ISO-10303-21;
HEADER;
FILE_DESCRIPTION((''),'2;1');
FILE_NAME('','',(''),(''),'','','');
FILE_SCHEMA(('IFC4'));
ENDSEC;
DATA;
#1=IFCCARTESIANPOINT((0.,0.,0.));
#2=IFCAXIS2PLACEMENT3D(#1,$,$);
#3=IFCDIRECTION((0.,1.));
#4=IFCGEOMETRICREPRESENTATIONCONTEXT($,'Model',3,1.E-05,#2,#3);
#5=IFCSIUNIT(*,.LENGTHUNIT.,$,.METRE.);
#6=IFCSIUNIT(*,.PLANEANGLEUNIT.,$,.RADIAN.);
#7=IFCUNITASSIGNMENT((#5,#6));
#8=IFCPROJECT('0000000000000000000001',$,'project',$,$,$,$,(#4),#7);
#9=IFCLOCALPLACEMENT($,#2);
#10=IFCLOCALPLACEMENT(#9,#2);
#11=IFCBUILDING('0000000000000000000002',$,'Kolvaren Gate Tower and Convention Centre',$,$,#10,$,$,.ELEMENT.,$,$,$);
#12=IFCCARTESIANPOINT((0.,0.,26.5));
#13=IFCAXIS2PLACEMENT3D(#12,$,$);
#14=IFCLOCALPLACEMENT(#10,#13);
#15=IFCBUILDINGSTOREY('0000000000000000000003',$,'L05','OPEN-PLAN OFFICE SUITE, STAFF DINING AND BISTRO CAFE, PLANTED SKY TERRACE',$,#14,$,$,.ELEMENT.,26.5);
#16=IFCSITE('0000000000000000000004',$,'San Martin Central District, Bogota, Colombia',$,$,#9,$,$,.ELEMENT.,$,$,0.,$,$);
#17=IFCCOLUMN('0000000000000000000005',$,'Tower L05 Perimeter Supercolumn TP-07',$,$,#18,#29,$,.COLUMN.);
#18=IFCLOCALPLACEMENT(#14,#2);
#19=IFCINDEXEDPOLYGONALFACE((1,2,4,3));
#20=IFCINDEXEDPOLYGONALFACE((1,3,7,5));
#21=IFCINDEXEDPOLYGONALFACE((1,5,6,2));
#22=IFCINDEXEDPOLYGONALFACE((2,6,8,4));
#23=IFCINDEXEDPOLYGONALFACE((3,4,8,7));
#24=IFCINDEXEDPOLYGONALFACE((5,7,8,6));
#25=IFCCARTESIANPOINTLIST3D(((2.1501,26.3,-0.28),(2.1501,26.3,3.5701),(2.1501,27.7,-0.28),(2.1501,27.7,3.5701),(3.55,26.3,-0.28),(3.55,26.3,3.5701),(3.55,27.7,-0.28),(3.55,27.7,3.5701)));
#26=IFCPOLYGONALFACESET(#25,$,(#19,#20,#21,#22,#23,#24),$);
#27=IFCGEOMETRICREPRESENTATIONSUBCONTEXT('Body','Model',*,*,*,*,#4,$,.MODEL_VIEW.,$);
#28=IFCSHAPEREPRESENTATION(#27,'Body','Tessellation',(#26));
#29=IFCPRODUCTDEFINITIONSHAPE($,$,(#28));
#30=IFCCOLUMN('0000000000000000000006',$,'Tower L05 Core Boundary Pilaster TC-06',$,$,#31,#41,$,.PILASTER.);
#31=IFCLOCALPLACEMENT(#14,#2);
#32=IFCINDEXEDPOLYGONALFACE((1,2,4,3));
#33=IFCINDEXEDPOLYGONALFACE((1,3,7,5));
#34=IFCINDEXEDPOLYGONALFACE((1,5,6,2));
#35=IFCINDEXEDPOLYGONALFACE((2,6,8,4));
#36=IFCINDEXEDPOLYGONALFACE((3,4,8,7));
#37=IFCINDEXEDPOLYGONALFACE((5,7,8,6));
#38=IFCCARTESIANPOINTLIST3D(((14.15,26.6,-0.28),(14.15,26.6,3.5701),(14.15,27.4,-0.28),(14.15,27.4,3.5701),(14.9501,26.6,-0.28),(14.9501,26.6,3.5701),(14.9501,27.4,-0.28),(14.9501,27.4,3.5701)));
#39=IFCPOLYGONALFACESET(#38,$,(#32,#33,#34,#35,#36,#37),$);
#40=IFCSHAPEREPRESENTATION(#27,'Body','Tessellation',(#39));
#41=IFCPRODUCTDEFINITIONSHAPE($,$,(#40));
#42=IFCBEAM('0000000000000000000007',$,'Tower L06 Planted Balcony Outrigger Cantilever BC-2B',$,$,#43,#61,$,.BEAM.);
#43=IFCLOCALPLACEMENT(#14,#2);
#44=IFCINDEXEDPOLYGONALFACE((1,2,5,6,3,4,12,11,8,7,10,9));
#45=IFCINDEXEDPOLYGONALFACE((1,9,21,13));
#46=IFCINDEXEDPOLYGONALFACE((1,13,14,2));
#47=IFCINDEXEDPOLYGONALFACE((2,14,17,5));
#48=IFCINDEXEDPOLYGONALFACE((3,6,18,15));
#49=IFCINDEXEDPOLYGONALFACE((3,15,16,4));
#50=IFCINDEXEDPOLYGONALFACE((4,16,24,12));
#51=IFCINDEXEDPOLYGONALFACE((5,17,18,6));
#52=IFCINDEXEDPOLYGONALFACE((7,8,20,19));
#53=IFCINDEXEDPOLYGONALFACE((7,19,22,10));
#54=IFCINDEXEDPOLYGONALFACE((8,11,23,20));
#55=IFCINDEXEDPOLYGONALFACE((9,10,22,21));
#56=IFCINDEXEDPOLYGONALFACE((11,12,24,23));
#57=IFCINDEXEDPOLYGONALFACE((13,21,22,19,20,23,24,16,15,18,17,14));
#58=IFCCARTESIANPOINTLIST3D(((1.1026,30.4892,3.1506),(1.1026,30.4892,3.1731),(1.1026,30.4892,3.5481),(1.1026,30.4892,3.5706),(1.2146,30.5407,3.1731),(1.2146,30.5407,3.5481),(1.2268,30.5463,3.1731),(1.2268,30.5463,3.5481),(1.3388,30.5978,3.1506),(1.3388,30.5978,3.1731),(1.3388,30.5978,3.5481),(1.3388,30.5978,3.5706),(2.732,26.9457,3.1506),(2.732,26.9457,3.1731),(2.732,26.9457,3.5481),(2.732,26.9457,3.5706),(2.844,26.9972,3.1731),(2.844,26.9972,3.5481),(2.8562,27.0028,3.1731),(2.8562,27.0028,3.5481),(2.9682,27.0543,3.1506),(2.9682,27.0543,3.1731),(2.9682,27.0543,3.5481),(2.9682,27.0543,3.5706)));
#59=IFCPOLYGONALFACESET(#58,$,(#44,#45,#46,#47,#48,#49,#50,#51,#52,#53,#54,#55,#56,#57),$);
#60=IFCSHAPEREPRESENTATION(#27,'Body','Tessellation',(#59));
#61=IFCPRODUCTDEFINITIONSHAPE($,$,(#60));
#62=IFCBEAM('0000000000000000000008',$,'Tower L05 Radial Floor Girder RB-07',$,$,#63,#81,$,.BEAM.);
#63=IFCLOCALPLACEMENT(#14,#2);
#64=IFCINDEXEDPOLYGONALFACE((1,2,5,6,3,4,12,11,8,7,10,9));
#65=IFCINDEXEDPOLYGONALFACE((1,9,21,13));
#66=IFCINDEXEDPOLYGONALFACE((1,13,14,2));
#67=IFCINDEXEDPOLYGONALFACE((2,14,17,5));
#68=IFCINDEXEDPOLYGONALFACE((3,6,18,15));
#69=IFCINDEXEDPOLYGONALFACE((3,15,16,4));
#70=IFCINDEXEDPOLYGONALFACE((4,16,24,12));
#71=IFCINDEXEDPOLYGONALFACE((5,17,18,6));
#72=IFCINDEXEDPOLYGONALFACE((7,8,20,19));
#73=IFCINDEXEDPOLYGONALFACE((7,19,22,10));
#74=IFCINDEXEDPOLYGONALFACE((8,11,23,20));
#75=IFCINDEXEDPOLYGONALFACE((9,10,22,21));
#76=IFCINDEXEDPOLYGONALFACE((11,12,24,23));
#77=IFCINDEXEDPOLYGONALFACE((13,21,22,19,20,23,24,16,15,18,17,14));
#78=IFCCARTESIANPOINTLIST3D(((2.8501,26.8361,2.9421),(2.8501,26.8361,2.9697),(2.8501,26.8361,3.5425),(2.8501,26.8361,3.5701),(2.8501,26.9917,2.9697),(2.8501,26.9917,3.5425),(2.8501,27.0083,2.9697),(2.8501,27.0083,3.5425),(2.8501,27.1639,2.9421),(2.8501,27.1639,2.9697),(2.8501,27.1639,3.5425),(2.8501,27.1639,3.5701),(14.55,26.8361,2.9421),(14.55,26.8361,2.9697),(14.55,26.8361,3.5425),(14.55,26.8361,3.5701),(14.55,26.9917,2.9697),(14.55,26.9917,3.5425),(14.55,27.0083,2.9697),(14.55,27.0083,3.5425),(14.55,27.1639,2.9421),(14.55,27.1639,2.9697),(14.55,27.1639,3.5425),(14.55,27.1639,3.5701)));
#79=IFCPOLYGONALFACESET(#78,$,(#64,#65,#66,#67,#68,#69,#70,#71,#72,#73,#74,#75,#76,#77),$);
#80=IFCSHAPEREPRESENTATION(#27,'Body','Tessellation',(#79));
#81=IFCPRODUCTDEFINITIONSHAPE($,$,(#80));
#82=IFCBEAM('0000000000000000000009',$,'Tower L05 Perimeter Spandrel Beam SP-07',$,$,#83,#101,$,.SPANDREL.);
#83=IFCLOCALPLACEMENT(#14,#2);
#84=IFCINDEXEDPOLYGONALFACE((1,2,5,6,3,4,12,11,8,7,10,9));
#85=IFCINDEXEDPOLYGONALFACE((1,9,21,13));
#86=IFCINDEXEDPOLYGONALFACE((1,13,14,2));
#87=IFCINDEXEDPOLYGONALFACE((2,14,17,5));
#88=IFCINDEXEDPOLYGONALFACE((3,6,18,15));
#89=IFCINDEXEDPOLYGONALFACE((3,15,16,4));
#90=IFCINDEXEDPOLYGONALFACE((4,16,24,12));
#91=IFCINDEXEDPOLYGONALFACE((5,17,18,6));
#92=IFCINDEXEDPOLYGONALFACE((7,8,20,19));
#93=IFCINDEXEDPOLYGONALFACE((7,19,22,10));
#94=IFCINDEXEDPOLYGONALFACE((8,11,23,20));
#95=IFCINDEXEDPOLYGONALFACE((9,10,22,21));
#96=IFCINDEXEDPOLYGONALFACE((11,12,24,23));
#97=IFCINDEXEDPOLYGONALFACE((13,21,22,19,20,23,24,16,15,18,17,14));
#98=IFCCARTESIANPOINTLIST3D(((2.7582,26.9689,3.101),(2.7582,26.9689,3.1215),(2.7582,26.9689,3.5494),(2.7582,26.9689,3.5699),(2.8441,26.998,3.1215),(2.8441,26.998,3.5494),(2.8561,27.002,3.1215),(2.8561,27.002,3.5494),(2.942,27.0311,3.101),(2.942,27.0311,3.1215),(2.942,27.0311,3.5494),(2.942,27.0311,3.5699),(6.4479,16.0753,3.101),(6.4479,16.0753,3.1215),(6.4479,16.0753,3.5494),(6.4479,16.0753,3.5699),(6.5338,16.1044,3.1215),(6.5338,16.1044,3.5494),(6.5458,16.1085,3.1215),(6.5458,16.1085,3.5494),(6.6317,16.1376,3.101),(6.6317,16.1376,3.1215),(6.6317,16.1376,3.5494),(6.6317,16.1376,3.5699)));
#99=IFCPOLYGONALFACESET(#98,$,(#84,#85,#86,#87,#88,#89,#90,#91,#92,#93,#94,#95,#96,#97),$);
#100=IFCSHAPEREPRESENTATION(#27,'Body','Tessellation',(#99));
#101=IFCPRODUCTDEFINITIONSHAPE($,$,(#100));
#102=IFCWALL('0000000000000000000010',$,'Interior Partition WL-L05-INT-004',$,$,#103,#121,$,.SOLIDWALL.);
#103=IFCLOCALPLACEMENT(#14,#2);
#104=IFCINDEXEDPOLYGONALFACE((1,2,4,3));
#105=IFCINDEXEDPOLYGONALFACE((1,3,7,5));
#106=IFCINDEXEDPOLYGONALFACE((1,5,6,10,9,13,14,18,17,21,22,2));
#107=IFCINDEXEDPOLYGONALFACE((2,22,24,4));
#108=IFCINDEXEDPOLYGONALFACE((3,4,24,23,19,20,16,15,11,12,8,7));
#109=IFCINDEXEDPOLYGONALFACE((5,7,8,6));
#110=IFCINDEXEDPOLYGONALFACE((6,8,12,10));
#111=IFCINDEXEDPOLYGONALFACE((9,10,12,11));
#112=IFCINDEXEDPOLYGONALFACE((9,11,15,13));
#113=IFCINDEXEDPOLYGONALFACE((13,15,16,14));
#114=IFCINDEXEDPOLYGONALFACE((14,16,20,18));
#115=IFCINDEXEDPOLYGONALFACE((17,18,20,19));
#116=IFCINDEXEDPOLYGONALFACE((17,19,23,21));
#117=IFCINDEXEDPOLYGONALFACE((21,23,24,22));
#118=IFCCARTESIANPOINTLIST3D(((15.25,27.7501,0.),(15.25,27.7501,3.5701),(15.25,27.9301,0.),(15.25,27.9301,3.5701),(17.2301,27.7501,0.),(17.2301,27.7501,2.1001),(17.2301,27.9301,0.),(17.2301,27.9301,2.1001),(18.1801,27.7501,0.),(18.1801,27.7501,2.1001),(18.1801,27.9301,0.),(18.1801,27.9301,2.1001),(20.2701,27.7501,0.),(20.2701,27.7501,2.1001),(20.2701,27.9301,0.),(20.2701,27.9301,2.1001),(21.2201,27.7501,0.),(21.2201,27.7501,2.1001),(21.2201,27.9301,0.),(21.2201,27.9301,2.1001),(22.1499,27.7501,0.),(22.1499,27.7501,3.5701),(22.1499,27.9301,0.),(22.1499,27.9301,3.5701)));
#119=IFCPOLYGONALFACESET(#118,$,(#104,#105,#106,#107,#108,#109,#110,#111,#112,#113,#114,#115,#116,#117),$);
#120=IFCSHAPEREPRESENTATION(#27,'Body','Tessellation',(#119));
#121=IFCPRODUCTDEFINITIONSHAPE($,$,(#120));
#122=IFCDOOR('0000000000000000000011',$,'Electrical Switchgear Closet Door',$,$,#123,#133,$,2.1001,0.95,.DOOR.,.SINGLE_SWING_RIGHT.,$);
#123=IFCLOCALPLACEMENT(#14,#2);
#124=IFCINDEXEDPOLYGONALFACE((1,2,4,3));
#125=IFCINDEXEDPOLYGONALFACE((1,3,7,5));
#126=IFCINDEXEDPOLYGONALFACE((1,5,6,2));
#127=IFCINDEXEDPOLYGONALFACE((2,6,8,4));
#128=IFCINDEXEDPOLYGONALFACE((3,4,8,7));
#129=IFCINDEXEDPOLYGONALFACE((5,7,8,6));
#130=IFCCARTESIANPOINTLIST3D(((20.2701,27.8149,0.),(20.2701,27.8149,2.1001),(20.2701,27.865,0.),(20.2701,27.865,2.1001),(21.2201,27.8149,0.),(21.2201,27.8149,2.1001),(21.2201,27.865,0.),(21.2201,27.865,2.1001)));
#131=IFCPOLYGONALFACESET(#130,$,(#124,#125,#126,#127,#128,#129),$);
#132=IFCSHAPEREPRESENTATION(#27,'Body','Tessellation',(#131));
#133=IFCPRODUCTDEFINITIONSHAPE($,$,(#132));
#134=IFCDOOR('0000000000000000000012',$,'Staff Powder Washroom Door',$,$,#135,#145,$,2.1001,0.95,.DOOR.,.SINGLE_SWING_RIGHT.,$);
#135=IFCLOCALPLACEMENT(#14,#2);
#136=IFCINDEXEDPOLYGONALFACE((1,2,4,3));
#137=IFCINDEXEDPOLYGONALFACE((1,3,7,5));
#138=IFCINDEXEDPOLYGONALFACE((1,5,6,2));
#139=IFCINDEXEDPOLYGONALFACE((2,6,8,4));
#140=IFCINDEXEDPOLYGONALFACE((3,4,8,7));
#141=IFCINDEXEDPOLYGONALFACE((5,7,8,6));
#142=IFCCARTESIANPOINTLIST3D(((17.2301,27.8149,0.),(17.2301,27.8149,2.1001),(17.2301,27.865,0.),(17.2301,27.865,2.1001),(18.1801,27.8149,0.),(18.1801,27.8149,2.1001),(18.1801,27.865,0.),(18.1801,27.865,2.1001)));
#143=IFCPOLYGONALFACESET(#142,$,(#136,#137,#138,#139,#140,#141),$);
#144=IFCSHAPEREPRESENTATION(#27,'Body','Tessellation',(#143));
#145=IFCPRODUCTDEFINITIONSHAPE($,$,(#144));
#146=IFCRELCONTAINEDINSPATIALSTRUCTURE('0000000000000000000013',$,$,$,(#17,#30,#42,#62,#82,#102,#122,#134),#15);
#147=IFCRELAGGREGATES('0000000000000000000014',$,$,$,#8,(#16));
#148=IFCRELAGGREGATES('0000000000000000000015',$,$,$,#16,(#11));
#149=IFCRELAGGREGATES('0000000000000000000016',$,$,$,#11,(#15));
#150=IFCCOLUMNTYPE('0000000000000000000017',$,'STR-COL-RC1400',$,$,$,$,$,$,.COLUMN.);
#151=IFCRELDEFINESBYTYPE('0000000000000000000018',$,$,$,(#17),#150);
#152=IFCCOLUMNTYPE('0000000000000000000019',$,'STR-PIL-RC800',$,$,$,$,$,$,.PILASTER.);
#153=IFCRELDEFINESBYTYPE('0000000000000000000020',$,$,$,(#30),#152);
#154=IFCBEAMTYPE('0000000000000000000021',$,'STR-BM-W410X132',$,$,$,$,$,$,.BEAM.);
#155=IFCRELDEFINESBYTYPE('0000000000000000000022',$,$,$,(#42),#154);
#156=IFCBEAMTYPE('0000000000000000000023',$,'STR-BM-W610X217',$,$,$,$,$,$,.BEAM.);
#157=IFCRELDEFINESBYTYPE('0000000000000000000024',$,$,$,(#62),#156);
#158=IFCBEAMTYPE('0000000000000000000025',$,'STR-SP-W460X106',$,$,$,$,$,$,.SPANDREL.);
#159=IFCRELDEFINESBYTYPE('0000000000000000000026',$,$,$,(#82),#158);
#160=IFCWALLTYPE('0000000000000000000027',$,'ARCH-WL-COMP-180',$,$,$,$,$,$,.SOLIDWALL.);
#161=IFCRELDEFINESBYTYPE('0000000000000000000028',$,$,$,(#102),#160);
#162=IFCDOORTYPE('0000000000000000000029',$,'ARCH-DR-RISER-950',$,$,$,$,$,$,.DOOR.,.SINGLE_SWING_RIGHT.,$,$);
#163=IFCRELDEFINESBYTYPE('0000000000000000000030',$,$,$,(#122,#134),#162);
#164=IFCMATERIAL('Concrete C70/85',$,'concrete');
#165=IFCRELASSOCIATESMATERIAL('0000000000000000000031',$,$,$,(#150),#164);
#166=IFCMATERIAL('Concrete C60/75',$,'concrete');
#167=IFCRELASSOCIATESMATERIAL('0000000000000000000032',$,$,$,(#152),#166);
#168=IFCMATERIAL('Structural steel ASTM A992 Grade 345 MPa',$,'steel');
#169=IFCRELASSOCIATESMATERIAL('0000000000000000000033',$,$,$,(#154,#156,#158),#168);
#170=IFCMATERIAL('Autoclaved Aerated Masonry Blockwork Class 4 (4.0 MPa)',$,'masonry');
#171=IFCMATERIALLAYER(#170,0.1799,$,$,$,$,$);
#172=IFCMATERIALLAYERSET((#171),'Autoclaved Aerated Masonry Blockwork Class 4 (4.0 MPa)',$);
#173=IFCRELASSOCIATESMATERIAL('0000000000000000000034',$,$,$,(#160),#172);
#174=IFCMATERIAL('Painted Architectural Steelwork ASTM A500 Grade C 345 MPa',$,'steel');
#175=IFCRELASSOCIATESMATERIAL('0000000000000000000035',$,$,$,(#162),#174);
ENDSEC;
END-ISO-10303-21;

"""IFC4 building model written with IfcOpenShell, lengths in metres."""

from ifc_helpers import new_model, si_unit, direction, frame, frame_2d, origin, origin_2d, place, context, subcontext, project, spatial, rectangle, i_section, extrude, material, layer, layer_set, material_profile, profile_set, type_object, element, fill, save


model = new_model("IFC4")

# Units and contexts
model_context = context("Model", 3, precision=1e-05, world=origin(), true_north=direction((0.0, 1.0)))
body_context = subcontext(model_context, "Body", "Model", "MODEL_VIEW")
ifc_project = project(units=[si_unit("LENGTHUNIT", "METRE"), si_unit("PLANEANGLEUNIT", "RADIAN")], contexts=[model_context])

# Site, building, storey
site_placement = place(None, origin())
site = spatial("IfcSite", under=ifc_project, at=site_placement, Name="San Martin Central District, Bogota, Colombia", CompositionType="ELEMENT", RefElevation=0.0)
building_placement = place(site_placement, origin())
building = spatial("IfcBuilding", under=site, at=building_placement, Name="Kolvaren Gate Tower and Convention Centre", CompositionType="ELEMENT")
storey_placement = place(building_placement, frame((0.0, 0.0, 26.5)))
storey = spatial("IfcBuildingStorey", under=building, at=storey_placement, Name="L05", Description="OPEN-PLAN OFFICE SUITE, STAFF DINING AND BISTRO CAFE, PLANTED SKY TERRACE", CompositionType="ELEMENT", Elevation=26.5)

# Columns
ifc_material_1 = material(Name="Concrete C70/85", Category="concrete")
ifc_material_profile_1 = material_profile(ifc_material_1, rectangle(XDim=1.3999, YDim=1.3999, at=origin_2d()), Name="RC-COL-1400X1400")
ifc_profile_set_1 = profile_set([ifc_material_profile_1], Name="Concrete C70/85")
column_type_1 = type_object("IfcColumnType", Name="STR-COL-RC1400", PredefinedType="COLUMN", material=ifc_profile_set_1)
column_1_placement = place(storey_placement, frame((2.8501, 27.0, -0.28), z_axis=(0.0, 0.0, 1.0), x_axis=(1.0, 0.0, 0.0)))
element("IfcColumn", 1, at=column_1_placement, inside=storey, type_object=column_type_1, Name="Tower L05 Perimeter Supercolumn TP-07", PredefinedType="COLUMN", context=body_context, shape_type="SweptSolid", body=[
    extrude(rectangle(XDim=1.3999, YDim=1.3999, at=origin_2d()), origin(), (0.0, 0.0, 1.0), 3.8501),
])
ifc_material_2 = material(Name="Concrete C60/75", Category="concrete")
ifc_material_profile_2 = material_profile(ifc_material_2, rectangle(XDim=0.8, YDim=0.8, at=origin_2d()), Name="RC-COL-800X800")
ifc_profile_set_2 = profile_set([ifc_material_profile_2], Name="Concrete C60/75")
column_type_2 = type_object("IfcColumnType", Name="STR-PIL-RC800", PredefinedType="PILASTER", material=ifc_profile_set_2)
column_2_placement = place(storey_placement, frame((14.55, 27.0, -0.28), z_axis=(0.0, 0.0, 1.0), x_axis=(1.0, 0.0, 0.0)))
element("IfcColumn", 2, at=column_2_placement, inside=storey, type_object=column_type_2, Name="Tower L05 Core Boundary Pilaster TC-06", PredefinedType="PILASTER", context=body_context, shape_type="SweptSolid", body=[
    extrude(rectangle(XDim=0.8, YDim=0.8, at=origin_2d()), origin(), (0.0, 0.0, 1.0), 3.8501),
])

# Beams
ifc_material_3 = material(Name="Structural steel ASTM A992 Grade 345 MPa", Category="steel")
ifc_material_profile_3 = material_profile(ifc_material_3, i_section(OverallWidth=0.26, OverallDepth=0.4199, WebThickness=0.0134, FlangeThickness=0.0225, at=origin_2d()), Name="W410X132")
ifc_profile_set_3 = profile_set([ifc_material_profile_3], Name="Structural steel ASTM A992 Grade 345 MPa")
beam_type_1 = type_object("IfcBeamType", Name="STR-BM-W410X132", PredefinedType="BEAM", material=ifc_profile_set_3)
beam_1_placement = place(storey_placement, frame((2.8501, 27.0, 3.3606), z_axis=(-0.41778, 0.908548, 0.0), x_axis=(-0.908548, -0.41778, 0.0)))
element("IfcBeam", 3, at=beam_1_placement, inside=storey, type_object=beam_type_1, Name="Tower L06 Planted Balcony Outrigger Cantilever BC-2B", PredefinedType="BEAM", context=body_context, shape_type="SweptSolid", body=[
    extrude(i_section(OverallWidth=0.26, OverallDepth=0.4199, WebThickness=0.0134, FlangeThickness=0.0225, at=origin_2d()), origin(), (0.0, 0.0, 1.0), 3.9001),
])
ifc_material_profile_4 = material_profile(ifc_material_3, i_section(OverallWidth=0.3279, OverallDepth=0.6279, WebThickness=0.0166, FlangeThickness=0.0276, at=origin_2d()), Name="W610X217")
ifc_profile_set_4 = profile_set([ifc_material_profile_4], Name="Structural steel ASTM A992 Grade 345 MPa")
beam_type_2 = type_object("IfcBeamType", Name="STR-BM-W610X217", PredefinedType="BEAM", material=ifc_profile_set_4)
beam_2_placement = place(storey_placement, frame((14.55, 27.0, 3.2561), z_axis=(-1.0, 0.0, 0.0), x_axis=(0.0, -1.0, 0.0)))
element("IfcBeam", 4, at=beam_2_placement, inside=storey, type_object=beam_type_2, Name="Tower L05 Radial Floor Girder RB-07", PredefinedType="BEAM", context=body_context, shape_type="SweptSolid", body=[
    extrude(i_section(OverallWidth=0.3279, OverallDepth=0.6279, WebThickness=0.0166, FlangeThickness=0.0276, at=origin_2d()), origin(), (0.0, 0.0, 1.0), 11.7),
])
ifc_material_profile_5 = material_profile(ifc_material_3, i_section(OverallWidth=0.1941, OverallDepth=0.469, WebThickness=0.0127, FlangeThickness=0.0205, at=origin_2d()), Name="W460X106")
ifc_profile_set_5 = profile_set([ifc_material_profile_5], Name="Structural steel ASTM A992 Grade 345 MPa")
beam_type_3 = type_object("IfcBeamType", Name="STR-SP-W460X106", PredefinedType="SPANDREL", material=ifc_profile_set_5)
beam_3_placement = place(storey_placement, frame((2.8501, 27.0, 3.3354), z_axis=(0.320803, -0.947146, 0.0), x_axis=(0.947146, 0.320803, 0.0)))
element("IfcBeam", 5, at=beam_3_placement, inside=storey, type_object=beam_type_3, Name="Tower L05 Perimeter Spandrel Beam SP-07", PredefinedType="SPANDREL", context=body_context, shape_type="SweptSolid", body=[
    extrude(i_section(OverallWidth=0.1941, OverallDepth=0.469, WebThickness=0.0127, FlangeThickness=0.0205, at=origin_2d()), origin(), (0.0, 0.0, 1.0), 11.5015),
])

# Wall, openings, doors
ifc_material_4 = material(Name="Autoclaved Aerated Masonry Blockwork Class 4 (4.0 MPa)", Category="masonry")
ifc_layer_1 = layer(ifc_material_4, 0.1799)
ifc_layer_set_1 = layer_set([ifc_layer_1], Name="Autoclaved Aerated Masonry Blockwork Class 4 (4.0 MPa)")
wall_type_1 = type_object("IfcWallType", Name="ARCH-WL-COMP-180", PredefinedType="SOLIDWALL", material=ifc_layer_set_1)
wall_1_placement = place(storey_placement, frame((15.25, 27.8401, 0.0), z_axis=(0.0, 0.0, 1.0), x_axis=(1.0, 0.0, 0.0)))
wall_1 = element("IfcWall", 6, at=wall_1_placement, inside=storey, type_object=wall_type_1, Name="Interior Partition WL-L05-INT-004", PredefinedType="SOLIDWALL", context=body_context, shape_type="SweptSolid", body=[
    extrude(rectangle(XDim=6.8999, YDim=0.1799, at=frame_2d((3.45, 0.0))), origin(), (0.0, 0.0, 1.0), 3.5701),
])
opening_1_placement = place(wall_1_placement, frame((5.02, 0.0, 0.0)))
opening_1 = element("IfcOpeningElement", 7, at=opening_1_placement, cuts=wall_1, PredefinedType="OPENING", context=body_context, shape_type="SweptSolid", body=[
    extrude(rectangle(XDim=0.95, YDim=2.1001, at=frame_2d((0.4751, 1.05))), frame((0.0, 0.0999, 0.0), z_axis=(0.0, -1.0, 0.0), x_axis=(1.0, 0.0, 0.0)), (0.0, 0.0, 1.0), 0.2),
])
opening_2_placement = place(wall_1_placement, frame((1.98, 0.0, 0.0)))
opening_2 = element("IfcOpeningElement", 8, at=opening_2_placement, cuts=wall_1, PredefinedType="OPENING", context=body_context, shape_type="SweptSolid", body=[
    extrude(rectangle(XDim=0.95, YDim=2.1001, at=frame_2d((0.4751, 1.05))), frame((0.0, 0.0999, 0.0), z_axis=(0.0, -1.0, 0.0), x_axis=(1.0, 0.0, 0.0)), (0.0, 0.0, 1.0), 0.2),
])
ifc_material_5 = material(Name="Painted Architectural Steelwork ASTM A500 Grade C 345 MPa", Category="steel")
door_type_1 = type_object("IfcDoorType", Name="ARCH-DR-RISER-950", OperationType="SINGLE_SWING_RIGHT", PredefinedType="DOOR", material=ifc_material_5)
door_1_placement = place(opening_1_placement, origin())
door_1 = element("IfcDoor", 9, at=door_1_placement, inside=storey, type_object=door_type_1, Name="Electrical Switchgear Closet Door", OperationType="SINGLE_SWING_RIGHT", OverallHeight=2.1001, OverallWidth=0.95, PredefinedType="DOOR", context=body_context, shape_type="SweptSolid", body=[
    extrude(rectangle(XDim=0.95, YDim=2.1001, at=frame_2d((0.4751, 1.05))), frame((0.0, 0.0249, 0.0), z_axis=(0.0, -1.0, 0.0), x_axis=(1.0, 0.0, 0.0)), (0.0, 0.0, 1.0), 0.05),
])
fill(opening_1, door_1)
door_2_placement = place(opening_2_placement, origin())
door_2 = element("IfcDoor", 10, at=door_2_placement, inside=storey, type_object=door_type_1, Name="Staff Powder Washroom Door", OperationType="SINGLE_SWING_RIGHT", OverallHeight=2.1001, OverallWidth=0.95, PredefinedType="DOOR", context=body_context, shape_type="SweptSolid", body=[
    extrude(rectangle(XDim=0.95, YDim=2.1001, at=frame_2d((0.4751, 1.05))), frame((0.0, 0.0249, 0.0), z_axis=(0.0, -1.0, 0.0), x_axis=(1.0, 0.0, 0.0)), (0.0, 0.0, 1.0), 0.05),
])
fill(opening_2, door_2)

save(model, "model.ifc")
